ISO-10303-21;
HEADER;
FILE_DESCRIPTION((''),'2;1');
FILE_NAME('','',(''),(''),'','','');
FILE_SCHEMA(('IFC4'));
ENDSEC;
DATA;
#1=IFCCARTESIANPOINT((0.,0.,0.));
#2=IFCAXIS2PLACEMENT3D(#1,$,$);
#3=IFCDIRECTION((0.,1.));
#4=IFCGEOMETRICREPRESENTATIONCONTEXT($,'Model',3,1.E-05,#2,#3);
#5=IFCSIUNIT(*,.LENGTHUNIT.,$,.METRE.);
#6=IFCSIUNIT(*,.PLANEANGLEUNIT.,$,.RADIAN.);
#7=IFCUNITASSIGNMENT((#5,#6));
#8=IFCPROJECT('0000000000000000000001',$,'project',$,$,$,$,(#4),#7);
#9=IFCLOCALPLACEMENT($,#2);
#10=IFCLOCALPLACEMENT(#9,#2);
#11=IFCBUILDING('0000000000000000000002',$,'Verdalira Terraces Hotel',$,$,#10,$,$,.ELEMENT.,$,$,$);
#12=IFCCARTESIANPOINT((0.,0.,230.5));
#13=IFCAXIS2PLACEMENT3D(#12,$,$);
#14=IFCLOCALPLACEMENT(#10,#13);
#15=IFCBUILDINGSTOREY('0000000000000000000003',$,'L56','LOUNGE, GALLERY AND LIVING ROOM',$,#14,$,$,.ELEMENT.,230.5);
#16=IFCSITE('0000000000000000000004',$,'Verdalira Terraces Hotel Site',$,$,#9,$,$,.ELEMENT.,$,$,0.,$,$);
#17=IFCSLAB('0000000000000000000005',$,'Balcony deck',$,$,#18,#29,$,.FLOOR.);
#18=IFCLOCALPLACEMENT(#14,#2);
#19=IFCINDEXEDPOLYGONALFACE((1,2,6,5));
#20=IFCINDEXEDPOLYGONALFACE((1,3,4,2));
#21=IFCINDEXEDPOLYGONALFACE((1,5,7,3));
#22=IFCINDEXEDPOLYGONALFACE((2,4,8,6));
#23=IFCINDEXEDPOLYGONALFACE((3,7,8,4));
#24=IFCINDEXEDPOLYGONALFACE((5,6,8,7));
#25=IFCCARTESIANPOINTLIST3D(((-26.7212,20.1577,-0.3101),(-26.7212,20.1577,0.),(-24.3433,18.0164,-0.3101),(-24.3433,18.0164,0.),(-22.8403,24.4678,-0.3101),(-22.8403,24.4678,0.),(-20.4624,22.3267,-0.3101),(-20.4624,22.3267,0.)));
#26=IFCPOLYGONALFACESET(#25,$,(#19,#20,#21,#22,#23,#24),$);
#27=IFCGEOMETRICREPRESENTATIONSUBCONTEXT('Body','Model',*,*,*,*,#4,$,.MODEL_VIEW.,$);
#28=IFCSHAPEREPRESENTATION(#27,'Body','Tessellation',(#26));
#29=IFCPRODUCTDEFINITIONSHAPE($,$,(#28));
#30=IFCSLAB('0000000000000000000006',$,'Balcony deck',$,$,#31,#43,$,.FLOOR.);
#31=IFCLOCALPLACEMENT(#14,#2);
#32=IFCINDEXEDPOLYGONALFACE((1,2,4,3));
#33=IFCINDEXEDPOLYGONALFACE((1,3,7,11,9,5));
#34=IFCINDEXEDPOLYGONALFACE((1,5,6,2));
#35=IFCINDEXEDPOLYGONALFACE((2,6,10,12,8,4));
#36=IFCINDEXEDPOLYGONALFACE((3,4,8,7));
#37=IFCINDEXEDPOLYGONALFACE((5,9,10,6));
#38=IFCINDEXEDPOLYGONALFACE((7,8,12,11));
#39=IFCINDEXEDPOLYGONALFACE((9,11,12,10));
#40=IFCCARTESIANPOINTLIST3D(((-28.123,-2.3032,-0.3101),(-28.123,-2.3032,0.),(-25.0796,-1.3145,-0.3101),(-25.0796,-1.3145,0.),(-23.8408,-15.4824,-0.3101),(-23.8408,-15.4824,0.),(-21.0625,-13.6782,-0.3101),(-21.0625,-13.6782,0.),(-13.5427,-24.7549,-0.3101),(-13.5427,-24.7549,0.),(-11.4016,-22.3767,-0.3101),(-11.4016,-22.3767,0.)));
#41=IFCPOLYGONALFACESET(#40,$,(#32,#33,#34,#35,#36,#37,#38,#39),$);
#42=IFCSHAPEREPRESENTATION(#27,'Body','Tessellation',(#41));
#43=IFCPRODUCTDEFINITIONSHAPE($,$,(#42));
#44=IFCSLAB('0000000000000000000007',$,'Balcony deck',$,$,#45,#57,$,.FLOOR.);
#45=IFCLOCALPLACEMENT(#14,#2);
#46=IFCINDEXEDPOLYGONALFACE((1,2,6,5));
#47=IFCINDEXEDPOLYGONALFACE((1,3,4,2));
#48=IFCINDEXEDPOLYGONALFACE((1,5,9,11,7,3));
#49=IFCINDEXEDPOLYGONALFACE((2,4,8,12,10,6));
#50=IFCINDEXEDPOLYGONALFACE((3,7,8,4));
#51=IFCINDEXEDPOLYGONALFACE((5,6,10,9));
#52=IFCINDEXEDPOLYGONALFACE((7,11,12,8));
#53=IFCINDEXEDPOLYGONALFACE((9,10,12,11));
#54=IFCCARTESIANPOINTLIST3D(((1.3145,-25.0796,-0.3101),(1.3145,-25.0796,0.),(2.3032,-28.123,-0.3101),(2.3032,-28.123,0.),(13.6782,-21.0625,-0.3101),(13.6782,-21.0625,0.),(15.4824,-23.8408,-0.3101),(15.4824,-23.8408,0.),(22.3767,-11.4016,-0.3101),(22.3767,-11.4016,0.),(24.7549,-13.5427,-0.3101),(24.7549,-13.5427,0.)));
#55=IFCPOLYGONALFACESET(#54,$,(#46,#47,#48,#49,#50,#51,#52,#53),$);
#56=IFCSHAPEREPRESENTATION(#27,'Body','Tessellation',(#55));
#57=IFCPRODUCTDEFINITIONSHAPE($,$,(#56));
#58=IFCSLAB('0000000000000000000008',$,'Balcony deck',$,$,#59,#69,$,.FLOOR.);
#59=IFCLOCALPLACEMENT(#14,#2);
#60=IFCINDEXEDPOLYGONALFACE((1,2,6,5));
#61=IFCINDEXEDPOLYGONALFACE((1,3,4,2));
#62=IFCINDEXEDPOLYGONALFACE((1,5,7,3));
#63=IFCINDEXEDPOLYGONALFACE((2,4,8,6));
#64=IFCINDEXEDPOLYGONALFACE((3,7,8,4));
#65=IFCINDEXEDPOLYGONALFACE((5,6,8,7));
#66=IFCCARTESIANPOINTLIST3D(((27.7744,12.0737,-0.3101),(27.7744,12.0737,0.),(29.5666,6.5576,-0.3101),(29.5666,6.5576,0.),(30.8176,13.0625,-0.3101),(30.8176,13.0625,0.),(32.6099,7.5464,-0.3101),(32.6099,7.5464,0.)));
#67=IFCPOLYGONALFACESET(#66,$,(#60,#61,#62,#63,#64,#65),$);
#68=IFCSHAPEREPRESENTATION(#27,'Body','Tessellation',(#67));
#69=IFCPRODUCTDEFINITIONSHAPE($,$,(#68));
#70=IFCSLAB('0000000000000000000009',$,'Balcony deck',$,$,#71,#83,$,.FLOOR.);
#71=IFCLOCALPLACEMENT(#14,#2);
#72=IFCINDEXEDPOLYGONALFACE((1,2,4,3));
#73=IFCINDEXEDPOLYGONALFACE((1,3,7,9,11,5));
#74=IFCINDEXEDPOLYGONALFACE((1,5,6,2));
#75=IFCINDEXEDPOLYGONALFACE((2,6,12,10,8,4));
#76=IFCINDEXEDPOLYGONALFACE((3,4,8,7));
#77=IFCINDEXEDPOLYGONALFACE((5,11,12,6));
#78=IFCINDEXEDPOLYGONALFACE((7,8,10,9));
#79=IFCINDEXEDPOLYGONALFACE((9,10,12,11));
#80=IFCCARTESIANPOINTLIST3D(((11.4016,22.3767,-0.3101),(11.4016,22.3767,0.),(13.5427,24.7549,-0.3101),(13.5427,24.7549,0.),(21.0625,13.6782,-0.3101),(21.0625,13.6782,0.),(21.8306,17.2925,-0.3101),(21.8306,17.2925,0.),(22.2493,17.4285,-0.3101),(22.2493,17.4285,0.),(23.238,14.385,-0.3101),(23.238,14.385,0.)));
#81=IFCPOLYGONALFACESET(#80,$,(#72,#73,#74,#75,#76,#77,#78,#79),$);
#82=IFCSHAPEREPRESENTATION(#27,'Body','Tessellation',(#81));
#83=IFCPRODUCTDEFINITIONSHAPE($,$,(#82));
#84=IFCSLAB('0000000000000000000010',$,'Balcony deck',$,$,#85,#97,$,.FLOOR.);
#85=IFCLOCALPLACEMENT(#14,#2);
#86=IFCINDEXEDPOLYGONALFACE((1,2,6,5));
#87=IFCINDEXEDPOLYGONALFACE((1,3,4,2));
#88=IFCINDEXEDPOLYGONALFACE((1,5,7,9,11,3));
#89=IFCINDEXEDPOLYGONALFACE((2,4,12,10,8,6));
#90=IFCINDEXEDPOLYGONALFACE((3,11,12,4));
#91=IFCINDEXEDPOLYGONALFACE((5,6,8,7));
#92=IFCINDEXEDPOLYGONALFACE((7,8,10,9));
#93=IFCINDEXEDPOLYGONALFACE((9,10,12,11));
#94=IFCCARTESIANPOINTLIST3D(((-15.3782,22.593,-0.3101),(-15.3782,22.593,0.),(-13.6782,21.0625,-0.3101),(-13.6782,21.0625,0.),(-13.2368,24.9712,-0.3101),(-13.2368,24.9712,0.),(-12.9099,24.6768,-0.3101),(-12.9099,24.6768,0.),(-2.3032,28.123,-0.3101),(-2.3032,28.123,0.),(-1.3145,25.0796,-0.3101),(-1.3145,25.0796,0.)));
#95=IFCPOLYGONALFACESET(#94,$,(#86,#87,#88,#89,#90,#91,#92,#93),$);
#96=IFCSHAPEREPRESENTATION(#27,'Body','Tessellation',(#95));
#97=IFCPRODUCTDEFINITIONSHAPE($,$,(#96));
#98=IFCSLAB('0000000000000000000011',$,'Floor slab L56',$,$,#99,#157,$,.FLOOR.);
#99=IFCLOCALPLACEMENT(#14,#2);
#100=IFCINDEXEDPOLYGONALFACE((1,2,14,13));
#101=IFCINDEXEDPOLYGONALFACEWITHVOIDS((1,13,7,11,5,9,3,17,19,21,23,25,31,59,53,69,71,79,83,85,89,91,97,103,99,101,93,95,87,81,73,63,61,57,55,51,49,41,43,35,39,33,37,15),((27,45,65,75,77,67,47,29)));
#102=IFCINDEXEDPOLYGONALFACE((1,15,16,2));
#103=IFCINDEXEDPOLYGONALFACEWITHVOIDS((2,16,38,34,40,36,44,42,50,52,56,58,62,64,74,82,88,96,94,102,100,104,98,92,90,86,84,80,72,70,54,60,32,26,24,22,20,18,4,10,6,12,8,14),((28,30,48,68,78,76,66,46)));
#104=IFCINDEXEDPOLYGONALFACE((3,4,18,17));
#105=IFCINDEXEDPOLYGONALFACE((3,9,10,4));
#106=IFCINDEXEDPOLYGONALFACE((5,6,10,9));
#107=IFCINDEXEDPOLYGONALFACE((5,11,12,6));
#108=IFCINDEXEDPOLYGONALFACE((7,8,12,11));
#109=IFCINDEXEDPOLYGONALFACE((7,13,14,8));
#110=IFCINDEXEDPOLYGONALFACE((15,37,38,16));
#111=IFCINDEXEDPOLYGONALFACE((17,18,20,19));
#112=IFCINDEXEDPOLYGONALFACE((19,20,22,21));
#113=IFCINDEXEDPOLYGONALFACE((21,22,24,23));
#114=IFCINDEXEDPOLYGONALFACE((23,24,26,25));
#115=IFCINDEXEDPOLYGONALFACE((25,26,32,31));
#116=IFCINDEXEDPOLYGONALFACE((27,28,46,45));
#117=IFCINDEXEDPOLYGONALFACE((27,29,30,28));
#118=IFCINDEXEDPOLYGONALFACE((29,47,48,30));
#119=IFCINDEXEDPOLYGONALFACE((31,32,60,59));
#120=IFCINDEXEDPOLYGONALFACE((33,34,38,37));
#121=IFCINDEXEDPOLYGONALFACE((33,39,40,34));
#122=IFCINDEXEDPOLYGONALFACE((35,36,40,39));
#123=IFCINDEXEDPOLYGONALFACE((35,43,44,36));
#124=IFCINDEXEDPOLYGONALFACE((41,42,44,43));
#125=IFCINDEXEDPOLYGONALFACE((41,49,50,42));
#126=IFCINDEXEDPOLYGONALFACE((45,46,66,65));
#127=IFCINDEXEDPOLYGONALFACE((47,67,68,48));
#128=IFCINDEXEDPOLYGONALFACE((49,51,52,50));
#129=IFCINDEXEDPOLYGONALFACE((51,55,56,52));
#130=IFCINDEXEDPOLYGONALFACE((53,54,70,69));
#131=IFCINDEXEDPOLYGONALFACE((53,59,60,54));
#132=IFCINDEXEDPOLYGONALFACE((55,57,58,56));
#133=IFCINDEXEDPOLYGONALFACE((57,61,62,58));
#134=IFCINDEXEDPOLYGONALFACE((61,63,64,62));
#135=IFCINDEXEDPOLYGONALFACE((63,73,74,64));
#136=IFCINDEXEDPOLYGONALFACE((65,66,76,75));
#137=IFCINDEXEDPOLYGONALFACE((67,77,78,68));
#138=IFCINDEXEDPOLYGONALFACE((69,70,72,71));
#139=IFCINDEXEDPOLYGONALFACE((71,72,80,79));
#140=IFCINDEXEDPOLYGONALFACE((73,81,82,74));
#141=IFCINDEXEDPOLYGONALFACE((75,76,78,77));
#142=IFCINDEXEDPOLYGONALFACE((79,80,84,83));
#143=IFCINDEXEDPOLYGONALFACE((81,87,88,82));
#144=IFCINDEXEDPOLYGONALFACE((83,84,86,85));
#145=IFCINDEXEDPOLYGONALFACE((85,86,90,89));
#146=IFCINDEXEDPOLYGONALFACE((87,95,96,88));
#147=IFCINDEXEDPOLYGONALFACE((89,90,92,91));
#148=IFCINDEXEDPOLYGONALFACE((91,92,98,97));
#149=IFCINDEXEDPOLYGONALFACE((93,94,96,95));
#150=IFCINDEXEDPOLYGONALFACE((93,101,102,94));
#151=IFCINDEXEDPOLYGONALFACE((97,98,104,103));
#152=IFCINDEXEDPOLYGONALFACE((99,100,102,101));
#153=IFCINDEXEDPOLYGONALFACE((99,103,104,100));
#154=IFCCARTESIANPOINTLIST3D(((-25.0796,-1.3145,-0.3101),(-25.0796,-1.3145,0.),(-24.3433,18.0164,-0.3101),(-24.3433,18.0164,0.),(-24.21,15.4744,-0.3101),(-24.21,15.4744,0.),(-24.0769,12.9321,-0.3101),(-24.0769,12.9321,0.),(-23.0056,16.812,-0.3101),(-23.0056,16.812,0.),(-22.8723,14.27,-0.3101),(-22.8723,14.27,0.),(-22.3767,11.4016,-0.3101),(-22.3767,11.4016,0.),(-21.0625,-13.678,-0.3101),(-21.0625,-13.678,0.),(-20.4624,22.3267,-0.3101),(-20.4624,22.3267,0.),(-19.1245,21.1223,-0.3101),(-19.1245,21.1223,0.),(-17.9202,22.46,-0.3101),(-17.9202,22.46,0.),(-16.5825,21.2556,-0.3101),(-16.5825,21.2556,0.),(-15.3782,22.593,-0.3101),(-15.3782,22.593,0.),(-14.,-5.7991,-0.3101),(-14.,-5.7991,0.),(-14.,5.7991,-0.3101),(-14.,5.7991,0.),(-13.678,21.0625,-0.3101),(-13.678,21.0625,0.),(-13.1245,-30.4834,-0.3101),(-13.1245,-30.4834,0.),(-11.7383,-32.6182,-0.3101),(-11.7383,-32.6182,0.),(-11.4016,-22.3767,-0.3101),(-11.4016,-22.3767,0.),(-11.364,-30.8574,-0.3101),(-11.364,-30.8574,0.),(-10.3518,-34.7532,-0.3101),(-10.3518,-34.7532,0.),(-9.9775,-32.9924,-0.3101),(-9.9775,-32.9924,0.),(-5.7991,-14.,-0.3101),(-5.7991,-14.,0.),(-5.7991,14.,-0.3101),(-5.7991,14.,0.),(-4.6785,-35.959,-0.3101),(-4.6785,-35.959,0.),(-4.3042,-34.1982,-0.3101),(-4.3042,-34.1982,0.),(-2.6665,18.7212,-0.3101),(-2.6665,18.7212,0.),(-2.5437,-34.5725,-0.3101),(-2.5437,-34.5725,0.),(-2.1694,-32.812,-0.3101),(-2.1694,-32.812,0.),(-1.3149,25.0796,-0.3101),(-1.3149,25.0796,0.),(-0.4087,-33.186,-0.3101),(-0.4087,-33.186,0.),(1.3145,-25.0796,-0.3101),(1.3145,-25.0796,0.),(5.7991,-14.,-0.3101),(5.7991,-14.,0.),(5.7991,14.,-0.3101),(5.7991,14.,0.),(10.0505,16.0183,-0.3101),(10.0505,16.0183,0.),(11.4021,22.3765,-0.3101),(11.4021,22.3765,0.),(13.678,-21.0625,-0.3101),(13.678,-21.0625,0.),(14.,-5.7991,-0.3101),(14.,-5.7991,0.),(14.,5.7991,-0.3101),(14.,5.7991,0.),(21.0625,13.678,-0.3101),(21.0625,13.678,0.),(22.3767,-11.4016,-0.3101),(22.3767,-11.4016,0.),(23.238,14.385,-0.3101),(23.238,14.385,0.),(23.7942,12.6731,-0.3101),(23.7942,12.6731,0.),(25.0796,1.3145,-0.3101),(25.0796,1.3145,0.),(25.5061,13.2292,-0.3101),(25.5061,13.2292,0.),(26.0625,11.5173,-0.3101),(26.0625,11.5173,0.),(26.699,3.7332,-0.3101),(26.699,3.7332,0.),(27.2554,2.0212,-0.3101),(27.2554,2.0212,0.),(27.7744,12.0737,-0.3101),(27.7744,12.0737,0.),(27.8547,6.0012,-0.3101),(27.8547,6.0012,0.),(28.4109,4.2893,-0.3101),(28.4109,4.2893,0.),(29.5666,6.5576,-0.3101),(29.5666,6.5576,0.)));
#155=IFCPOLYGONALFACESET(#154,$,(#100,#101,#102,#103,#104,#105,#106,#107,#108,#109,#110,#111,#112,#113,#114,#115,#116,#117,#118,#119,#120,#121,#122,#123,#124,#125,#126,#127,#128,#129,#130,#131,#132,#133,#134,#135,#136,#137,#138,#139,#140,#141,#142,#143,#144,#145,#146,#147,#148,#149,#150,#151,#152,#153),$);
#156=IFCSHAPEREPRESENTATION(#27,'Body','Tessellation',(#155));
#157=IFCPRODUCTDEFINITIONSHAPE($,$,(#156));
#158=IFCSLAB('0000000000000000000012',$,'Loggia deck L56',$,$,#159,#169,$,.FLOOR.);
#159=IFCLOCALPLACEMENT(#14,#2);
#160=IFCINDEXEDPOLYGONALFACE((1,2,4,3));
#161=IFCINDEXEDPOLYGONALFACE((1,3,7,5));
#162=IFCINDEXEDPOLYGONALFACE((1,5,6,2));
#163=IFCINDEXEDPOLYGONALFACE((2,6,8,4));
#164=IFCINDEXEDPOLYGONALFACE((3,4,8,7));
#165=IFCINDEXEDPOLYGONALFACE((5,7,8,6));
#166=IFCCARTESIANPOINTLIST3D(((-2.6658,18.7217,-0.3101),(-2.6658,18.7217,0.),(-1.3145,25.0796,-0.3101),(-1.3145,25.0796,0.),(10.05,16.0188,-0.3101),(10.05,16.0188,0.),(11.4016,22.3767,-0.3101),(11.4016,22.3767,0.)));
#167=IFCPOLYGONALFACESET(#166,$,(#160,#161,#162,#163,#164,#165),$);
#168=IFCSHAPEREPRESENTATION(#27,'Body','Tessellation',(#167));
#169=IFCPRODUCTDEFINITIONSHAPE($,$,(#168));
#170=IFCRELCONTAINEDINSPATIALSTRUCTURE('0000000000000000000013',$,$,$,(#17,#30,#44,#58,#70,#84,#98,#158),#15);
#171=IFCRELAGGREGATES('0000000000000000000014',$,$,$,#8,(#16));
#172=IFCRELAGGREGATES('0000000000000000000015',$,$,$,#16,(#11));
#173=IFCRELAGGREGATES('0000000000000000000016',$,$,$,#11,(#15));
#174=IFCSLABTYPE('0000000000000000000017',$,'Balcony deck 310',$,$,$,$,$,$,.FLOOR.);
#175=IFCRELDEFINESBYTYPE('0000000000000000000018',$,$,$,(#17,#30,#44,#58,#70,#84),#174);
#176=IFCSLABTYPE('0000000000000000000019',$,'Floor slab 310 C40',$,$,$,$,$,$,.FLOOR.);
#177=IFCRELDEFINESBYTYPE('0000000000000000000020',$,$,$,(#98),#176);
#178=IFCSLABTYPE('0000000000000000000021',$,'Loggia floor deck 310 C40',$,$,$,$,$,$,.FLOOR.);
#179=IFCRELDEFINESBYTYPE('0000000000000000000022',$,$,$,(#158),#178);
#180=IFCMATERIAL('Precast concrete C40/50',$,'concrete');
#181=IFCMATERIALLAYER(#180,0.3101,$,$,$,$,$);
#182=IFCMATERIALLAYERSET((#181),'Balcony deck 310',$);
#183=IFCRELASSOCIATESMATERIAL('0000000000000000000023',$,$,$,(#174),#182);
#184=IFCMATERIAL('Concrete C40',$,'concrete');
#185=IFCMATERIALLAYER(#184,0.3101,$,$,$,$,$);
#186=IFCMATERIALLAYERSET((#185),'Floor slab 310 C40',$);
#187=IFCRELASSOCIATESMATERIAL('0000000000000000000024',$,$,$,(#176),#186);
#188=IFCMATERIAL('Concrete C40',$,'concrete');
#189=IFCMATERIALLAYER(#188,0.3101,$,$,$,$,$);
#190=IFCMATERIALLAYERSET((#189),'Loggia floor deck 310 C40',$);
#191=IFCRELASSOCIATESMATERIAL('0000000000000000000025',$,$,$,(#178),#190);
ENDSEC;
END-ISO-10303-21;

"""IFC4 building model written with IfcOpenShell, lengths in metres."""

from ifc_helpers import new_model, si_unit, direction, frame, origin, place, context, subcontext, project, spatial, polyline, outline, extrude, material, layer, layer_set, type_object, element, save


model = new_model("IFC4")

# Units and contexts
model_context = context("Model", 3, precision=1e-05, world=origin(), true_north=direction((0.0, 1.0)))
body_context = subcontext(model_context, "Body", "Model", "MODEL_VIEW")
ifc_project = project(units=[si_unit("LENGTHUNIT", "METRE"), si_unit("PLANEANGLEUNIT", "RADIAN")], contexts=[model_context])

# Site, building, storey
site_placement = place(None, origin())
site = spatial("IfcSite", under=ifc_project, at=site_placement, Name="Verdalira Terraces Hotel Site", CompositionType="ELEMENT", RefElevation=0.0)
building_placement = place(site_placement, origin())
building = spatial("IfcBuilding", under=site, at=building_placement, Name="Verdalira Terraces Hotel", CompositionType="ELEMENT")
storey_placement = place(building_placement, frame((0.0, 0.0, 230.5)))
storey = spatial("IfcBuildingStorey", under=building, at=storey_placement, Name="L56", Description="LOUNGE, GALLERY AND LIVING ROOM", CompositionType="ELEMENT", Elevation=230.5)

# Slabs
ifc_material_1 = material(Name="Precast concrete C40/50", Category="concrete")
ifc_layer_1 = layer(ifc_material_1, 0.3101)
ifc_layer_set_1 = layer_set([ifc_layer_1], Name="Balcony deck 310")
slab_type_1 = type_object("IfcSlabType", Name="Balcony deck 310", PredefinedType="FLOOR", material=ifc_layer_set_1)
slab_1_placement = place(storey_placement, frame((0.0, 0.0, -0.3101)))
element("IfcSlab", 1, at=slab_1_placement, inside=storey, type_object=slab_type_1, Name="Balcony deck", PredefinedType="FLOOR", context=body_context, shape_type="SweptSolid", body=[
    extrude(outline(polyline([(-26.7212, 20.1577), (-24.3433, 18.0164), (-20.4624, 22.3267), (-22.8403, 24.4678), (-26.7212, 20.1577)])), origin(), (0.0, 0.0, 1.0), 0.3101),
])
slab_2_placement = place(storey_placement, frame((0.0, 0.0, -0.3101)))
element("IfcSlab", 2, at=slab_2_placement, inside=storey, type_object=slab_type_1, Name="Balcony deck", PredefinedType="FLOOR", context=body_context, shape_type="SweptSolid", body=[
    extrude(outline(polyline([(-23.8408, -15.4824), (-13.5427, -24.7549), (-11.4016, -22.3767), (-21.0625, -13.6782), (-25.0796, -1.3145), (-28.123, -2.3032), (-23.8408, -15.4824)])), origin(), (0.0, 0.0, 1.0), 0.3101),
])
slab_3_placement = place(storey_placement, frame((0.0, 0.0, -0.3101)))
element("IfcSlab", 3, at=slab_3_placement, inside=storey, type_object=slab_type_1, Name="Balcony deck", PredefinedType="FLOOR", context=body_context, shape_type="SweptSolid", body=[
    extrude(outline(polyline([(24.7549, -13.5427), (22.3767, -11.4016), (13.6782, -21.0625), (1.3145, -25.0796), (2.3032, -28.123), (15.4824, -23.8408), (24.7549, -13.5427)])), origin(), (0.0, 0.0, 1.0), 0.3101),
])
slab_4_placement = place(storey_placement, frame((0.0, 0.0, -0.3101)))
element("IfcSlab", 4, at=slab_4_placement, inside=storey, type_object=slab_type_1, Name="Balcony deck", PredefinedType="FLOOR", context=body_context, shape_type="SweptSolid", body=[
    extrude(outline(polyline([(30.8176, 13.0625), (27.7744, 12.0737), (29.5666, 6.5576), (32.6099, 7.5464), (30.8176, 13.0625)])), origin(), (0.0, 0.0, 1.0), 0.3101),
])
slab_5_placement = place(storey_placement, frame((0.0, 0.0, -0.3101)))
element("IfcSlab", 5, at=slab_5_placement, inside=storey, type_object=slab_type_1, Name="Balcony deck", PredefinedType="FLOOR", context=body_context, shape_type="SweptSolid", body=[
    extrude(outline(polyline([(13.5427, 24.7549), (11.4016, 22.3767), (21.0625, 13.6782), (23.238, 14.385), (22.2493, 17.4285), (21.8306, 17.2925), (13.5427, 24.7549)])), origin(), (0.0, 0.0, 1.0), 0.3101),
])
slab_6_placement = place(storey_placement, frame((0.0, 0.0, -0.3101)))
element("IfcSlab", 6, at=slab_6_placement, inside=storey, type_object=slab_type_1, Name="Balcony deck", PredefinedType="FLOOR", context=body_context, shape_type="SweptSolid", body=[
    extrude(outline(polyline([(-12.9099, 24.6768), (-13.2368, 24.9712), (-15.3782, 22.593), (-13.6782, 21.0625), (-1.3145, 25.0796), (-2.3032, 28.123), (-12.9099, 24.6768)])), origin(), (0.0, 0.0, 1.0), 0.3101),
])
ifc_material_2 = material(Name="Concrete C40", Category="concrete")
ifc_layer_2 = layer(ifc_material_2, 0.3101)
ifc_layer_set_2 = layer_set([ifc_layer_2], Name="Floor slab 310 C40")
slab_type_2 = type_object("IfcSlabType", Name="Floor slab 310 C40", PredefinedType="FLOOR", material=ifc_layer_set_2)
slab_7_placement = place(storey_placement, frame((0.0, 0.0, -0.3101)))
element("IfcSlab", 7, at=slab_7_placement, inside=storey, type_object=slab_type_2, Name="Floor slab L56", PredefinedType="FLOOR", context=body_context, shape_type="SweptSolid", body=[
    extrude(outline(polyline([(23.238, 14.385), (21.0625, 13.678), (11.4021, 22.3765), (10.0505, 16.0183), (-2.6665, 18.7212), (-1.3149, 25.0796), (-13.678, 21.0625), (-15.3782, 22.593), (-16.5825, 21.2556), (-17.9202, 22.46), (-19.1245, 21.1223), (-20.4624, 22.3267), (-24.3433, 18.0164), (-23.0056, 16.812), (-24.21, 15.4744), (-22.8723, 14.27), (-24.0769, 12.9321), (-22.3767, 11.4016), (-25.0796, -1.3145), (-21.0625, -13.678), (-11.4016, -22.3767), (-13.1245, -30.4834), (-11.364, -30.8574), (-11.7383, -32.6182), (-9.9775, -32.9924), (-10.3518, -34.7532), (-4.6785, -35.959), (-4.3042, -34.1982), (-2.5437, -34.5725), (-2.1694, -32.812), (-0.4087, -33.186), (1.3145, -25.0796), (13.678, -21.0625), (22.3767, -11.4016), (25.0796, 1.3145), (27.2554, 2.0212), (26.699, 3.7332), (28.4109, 4.2893), (27.8547, 6.0012), (29.5666, 6.5576), (27.7744, 12.0737), (26.0625, 11.5173), (25.5061, 13.2292), (23.7942, 12.6731), (23.238, 14.385)]), holes=[polyline([(5.7991, 14.0), (14.0, 5.7991), (14.0, -5.7991), (5.7991, -14.0), (-5.7991, -14.0), (-14.0, -5.7991), (-14.0, 5.7991), (-5.7991, 14.0), (5.7991, 14.0)])]), origin(), (0.0, 0.0, 1.0), 0.3101),
])
ifc_material_3 = material(Name="Concrete C40", Category="concrete")
ifc_layer_3 = layer(ifc_material_3, 0.3101)
ifc_layer_set_3 = layer_set([ifc_layer_3], Name="Loggia floor deck 310 C40")
slab_type_3 = type_object("IfcSlabType", Name="Loggia floor deck 310 C40", PredefinedType="FLOOR", material=ifc_layer_set_3)
slab_8_placement = place(storey_placement, frame((0.0, 0.0, -0.3101)))
element("IfcSlab", 8, at=slab_8_placement, inside=storey, type_object=slab_type_3, Name="Loggia deck L56", PredefinedType="FLOOR", context=body_context, shape_type="SweptSolid", body=[
    extrude(outline(polyline([(-2.6658, 18.7217), (10.05, 16.0188), (11.4016, 22.3767), (-1.3145, 25.0796), (-1.3145, 25.0796), (-2.6658, 18.7217)])), origin(), (0.0, 0.0, 1.0), 0.3101),
])

save(model, "model.ifc")
